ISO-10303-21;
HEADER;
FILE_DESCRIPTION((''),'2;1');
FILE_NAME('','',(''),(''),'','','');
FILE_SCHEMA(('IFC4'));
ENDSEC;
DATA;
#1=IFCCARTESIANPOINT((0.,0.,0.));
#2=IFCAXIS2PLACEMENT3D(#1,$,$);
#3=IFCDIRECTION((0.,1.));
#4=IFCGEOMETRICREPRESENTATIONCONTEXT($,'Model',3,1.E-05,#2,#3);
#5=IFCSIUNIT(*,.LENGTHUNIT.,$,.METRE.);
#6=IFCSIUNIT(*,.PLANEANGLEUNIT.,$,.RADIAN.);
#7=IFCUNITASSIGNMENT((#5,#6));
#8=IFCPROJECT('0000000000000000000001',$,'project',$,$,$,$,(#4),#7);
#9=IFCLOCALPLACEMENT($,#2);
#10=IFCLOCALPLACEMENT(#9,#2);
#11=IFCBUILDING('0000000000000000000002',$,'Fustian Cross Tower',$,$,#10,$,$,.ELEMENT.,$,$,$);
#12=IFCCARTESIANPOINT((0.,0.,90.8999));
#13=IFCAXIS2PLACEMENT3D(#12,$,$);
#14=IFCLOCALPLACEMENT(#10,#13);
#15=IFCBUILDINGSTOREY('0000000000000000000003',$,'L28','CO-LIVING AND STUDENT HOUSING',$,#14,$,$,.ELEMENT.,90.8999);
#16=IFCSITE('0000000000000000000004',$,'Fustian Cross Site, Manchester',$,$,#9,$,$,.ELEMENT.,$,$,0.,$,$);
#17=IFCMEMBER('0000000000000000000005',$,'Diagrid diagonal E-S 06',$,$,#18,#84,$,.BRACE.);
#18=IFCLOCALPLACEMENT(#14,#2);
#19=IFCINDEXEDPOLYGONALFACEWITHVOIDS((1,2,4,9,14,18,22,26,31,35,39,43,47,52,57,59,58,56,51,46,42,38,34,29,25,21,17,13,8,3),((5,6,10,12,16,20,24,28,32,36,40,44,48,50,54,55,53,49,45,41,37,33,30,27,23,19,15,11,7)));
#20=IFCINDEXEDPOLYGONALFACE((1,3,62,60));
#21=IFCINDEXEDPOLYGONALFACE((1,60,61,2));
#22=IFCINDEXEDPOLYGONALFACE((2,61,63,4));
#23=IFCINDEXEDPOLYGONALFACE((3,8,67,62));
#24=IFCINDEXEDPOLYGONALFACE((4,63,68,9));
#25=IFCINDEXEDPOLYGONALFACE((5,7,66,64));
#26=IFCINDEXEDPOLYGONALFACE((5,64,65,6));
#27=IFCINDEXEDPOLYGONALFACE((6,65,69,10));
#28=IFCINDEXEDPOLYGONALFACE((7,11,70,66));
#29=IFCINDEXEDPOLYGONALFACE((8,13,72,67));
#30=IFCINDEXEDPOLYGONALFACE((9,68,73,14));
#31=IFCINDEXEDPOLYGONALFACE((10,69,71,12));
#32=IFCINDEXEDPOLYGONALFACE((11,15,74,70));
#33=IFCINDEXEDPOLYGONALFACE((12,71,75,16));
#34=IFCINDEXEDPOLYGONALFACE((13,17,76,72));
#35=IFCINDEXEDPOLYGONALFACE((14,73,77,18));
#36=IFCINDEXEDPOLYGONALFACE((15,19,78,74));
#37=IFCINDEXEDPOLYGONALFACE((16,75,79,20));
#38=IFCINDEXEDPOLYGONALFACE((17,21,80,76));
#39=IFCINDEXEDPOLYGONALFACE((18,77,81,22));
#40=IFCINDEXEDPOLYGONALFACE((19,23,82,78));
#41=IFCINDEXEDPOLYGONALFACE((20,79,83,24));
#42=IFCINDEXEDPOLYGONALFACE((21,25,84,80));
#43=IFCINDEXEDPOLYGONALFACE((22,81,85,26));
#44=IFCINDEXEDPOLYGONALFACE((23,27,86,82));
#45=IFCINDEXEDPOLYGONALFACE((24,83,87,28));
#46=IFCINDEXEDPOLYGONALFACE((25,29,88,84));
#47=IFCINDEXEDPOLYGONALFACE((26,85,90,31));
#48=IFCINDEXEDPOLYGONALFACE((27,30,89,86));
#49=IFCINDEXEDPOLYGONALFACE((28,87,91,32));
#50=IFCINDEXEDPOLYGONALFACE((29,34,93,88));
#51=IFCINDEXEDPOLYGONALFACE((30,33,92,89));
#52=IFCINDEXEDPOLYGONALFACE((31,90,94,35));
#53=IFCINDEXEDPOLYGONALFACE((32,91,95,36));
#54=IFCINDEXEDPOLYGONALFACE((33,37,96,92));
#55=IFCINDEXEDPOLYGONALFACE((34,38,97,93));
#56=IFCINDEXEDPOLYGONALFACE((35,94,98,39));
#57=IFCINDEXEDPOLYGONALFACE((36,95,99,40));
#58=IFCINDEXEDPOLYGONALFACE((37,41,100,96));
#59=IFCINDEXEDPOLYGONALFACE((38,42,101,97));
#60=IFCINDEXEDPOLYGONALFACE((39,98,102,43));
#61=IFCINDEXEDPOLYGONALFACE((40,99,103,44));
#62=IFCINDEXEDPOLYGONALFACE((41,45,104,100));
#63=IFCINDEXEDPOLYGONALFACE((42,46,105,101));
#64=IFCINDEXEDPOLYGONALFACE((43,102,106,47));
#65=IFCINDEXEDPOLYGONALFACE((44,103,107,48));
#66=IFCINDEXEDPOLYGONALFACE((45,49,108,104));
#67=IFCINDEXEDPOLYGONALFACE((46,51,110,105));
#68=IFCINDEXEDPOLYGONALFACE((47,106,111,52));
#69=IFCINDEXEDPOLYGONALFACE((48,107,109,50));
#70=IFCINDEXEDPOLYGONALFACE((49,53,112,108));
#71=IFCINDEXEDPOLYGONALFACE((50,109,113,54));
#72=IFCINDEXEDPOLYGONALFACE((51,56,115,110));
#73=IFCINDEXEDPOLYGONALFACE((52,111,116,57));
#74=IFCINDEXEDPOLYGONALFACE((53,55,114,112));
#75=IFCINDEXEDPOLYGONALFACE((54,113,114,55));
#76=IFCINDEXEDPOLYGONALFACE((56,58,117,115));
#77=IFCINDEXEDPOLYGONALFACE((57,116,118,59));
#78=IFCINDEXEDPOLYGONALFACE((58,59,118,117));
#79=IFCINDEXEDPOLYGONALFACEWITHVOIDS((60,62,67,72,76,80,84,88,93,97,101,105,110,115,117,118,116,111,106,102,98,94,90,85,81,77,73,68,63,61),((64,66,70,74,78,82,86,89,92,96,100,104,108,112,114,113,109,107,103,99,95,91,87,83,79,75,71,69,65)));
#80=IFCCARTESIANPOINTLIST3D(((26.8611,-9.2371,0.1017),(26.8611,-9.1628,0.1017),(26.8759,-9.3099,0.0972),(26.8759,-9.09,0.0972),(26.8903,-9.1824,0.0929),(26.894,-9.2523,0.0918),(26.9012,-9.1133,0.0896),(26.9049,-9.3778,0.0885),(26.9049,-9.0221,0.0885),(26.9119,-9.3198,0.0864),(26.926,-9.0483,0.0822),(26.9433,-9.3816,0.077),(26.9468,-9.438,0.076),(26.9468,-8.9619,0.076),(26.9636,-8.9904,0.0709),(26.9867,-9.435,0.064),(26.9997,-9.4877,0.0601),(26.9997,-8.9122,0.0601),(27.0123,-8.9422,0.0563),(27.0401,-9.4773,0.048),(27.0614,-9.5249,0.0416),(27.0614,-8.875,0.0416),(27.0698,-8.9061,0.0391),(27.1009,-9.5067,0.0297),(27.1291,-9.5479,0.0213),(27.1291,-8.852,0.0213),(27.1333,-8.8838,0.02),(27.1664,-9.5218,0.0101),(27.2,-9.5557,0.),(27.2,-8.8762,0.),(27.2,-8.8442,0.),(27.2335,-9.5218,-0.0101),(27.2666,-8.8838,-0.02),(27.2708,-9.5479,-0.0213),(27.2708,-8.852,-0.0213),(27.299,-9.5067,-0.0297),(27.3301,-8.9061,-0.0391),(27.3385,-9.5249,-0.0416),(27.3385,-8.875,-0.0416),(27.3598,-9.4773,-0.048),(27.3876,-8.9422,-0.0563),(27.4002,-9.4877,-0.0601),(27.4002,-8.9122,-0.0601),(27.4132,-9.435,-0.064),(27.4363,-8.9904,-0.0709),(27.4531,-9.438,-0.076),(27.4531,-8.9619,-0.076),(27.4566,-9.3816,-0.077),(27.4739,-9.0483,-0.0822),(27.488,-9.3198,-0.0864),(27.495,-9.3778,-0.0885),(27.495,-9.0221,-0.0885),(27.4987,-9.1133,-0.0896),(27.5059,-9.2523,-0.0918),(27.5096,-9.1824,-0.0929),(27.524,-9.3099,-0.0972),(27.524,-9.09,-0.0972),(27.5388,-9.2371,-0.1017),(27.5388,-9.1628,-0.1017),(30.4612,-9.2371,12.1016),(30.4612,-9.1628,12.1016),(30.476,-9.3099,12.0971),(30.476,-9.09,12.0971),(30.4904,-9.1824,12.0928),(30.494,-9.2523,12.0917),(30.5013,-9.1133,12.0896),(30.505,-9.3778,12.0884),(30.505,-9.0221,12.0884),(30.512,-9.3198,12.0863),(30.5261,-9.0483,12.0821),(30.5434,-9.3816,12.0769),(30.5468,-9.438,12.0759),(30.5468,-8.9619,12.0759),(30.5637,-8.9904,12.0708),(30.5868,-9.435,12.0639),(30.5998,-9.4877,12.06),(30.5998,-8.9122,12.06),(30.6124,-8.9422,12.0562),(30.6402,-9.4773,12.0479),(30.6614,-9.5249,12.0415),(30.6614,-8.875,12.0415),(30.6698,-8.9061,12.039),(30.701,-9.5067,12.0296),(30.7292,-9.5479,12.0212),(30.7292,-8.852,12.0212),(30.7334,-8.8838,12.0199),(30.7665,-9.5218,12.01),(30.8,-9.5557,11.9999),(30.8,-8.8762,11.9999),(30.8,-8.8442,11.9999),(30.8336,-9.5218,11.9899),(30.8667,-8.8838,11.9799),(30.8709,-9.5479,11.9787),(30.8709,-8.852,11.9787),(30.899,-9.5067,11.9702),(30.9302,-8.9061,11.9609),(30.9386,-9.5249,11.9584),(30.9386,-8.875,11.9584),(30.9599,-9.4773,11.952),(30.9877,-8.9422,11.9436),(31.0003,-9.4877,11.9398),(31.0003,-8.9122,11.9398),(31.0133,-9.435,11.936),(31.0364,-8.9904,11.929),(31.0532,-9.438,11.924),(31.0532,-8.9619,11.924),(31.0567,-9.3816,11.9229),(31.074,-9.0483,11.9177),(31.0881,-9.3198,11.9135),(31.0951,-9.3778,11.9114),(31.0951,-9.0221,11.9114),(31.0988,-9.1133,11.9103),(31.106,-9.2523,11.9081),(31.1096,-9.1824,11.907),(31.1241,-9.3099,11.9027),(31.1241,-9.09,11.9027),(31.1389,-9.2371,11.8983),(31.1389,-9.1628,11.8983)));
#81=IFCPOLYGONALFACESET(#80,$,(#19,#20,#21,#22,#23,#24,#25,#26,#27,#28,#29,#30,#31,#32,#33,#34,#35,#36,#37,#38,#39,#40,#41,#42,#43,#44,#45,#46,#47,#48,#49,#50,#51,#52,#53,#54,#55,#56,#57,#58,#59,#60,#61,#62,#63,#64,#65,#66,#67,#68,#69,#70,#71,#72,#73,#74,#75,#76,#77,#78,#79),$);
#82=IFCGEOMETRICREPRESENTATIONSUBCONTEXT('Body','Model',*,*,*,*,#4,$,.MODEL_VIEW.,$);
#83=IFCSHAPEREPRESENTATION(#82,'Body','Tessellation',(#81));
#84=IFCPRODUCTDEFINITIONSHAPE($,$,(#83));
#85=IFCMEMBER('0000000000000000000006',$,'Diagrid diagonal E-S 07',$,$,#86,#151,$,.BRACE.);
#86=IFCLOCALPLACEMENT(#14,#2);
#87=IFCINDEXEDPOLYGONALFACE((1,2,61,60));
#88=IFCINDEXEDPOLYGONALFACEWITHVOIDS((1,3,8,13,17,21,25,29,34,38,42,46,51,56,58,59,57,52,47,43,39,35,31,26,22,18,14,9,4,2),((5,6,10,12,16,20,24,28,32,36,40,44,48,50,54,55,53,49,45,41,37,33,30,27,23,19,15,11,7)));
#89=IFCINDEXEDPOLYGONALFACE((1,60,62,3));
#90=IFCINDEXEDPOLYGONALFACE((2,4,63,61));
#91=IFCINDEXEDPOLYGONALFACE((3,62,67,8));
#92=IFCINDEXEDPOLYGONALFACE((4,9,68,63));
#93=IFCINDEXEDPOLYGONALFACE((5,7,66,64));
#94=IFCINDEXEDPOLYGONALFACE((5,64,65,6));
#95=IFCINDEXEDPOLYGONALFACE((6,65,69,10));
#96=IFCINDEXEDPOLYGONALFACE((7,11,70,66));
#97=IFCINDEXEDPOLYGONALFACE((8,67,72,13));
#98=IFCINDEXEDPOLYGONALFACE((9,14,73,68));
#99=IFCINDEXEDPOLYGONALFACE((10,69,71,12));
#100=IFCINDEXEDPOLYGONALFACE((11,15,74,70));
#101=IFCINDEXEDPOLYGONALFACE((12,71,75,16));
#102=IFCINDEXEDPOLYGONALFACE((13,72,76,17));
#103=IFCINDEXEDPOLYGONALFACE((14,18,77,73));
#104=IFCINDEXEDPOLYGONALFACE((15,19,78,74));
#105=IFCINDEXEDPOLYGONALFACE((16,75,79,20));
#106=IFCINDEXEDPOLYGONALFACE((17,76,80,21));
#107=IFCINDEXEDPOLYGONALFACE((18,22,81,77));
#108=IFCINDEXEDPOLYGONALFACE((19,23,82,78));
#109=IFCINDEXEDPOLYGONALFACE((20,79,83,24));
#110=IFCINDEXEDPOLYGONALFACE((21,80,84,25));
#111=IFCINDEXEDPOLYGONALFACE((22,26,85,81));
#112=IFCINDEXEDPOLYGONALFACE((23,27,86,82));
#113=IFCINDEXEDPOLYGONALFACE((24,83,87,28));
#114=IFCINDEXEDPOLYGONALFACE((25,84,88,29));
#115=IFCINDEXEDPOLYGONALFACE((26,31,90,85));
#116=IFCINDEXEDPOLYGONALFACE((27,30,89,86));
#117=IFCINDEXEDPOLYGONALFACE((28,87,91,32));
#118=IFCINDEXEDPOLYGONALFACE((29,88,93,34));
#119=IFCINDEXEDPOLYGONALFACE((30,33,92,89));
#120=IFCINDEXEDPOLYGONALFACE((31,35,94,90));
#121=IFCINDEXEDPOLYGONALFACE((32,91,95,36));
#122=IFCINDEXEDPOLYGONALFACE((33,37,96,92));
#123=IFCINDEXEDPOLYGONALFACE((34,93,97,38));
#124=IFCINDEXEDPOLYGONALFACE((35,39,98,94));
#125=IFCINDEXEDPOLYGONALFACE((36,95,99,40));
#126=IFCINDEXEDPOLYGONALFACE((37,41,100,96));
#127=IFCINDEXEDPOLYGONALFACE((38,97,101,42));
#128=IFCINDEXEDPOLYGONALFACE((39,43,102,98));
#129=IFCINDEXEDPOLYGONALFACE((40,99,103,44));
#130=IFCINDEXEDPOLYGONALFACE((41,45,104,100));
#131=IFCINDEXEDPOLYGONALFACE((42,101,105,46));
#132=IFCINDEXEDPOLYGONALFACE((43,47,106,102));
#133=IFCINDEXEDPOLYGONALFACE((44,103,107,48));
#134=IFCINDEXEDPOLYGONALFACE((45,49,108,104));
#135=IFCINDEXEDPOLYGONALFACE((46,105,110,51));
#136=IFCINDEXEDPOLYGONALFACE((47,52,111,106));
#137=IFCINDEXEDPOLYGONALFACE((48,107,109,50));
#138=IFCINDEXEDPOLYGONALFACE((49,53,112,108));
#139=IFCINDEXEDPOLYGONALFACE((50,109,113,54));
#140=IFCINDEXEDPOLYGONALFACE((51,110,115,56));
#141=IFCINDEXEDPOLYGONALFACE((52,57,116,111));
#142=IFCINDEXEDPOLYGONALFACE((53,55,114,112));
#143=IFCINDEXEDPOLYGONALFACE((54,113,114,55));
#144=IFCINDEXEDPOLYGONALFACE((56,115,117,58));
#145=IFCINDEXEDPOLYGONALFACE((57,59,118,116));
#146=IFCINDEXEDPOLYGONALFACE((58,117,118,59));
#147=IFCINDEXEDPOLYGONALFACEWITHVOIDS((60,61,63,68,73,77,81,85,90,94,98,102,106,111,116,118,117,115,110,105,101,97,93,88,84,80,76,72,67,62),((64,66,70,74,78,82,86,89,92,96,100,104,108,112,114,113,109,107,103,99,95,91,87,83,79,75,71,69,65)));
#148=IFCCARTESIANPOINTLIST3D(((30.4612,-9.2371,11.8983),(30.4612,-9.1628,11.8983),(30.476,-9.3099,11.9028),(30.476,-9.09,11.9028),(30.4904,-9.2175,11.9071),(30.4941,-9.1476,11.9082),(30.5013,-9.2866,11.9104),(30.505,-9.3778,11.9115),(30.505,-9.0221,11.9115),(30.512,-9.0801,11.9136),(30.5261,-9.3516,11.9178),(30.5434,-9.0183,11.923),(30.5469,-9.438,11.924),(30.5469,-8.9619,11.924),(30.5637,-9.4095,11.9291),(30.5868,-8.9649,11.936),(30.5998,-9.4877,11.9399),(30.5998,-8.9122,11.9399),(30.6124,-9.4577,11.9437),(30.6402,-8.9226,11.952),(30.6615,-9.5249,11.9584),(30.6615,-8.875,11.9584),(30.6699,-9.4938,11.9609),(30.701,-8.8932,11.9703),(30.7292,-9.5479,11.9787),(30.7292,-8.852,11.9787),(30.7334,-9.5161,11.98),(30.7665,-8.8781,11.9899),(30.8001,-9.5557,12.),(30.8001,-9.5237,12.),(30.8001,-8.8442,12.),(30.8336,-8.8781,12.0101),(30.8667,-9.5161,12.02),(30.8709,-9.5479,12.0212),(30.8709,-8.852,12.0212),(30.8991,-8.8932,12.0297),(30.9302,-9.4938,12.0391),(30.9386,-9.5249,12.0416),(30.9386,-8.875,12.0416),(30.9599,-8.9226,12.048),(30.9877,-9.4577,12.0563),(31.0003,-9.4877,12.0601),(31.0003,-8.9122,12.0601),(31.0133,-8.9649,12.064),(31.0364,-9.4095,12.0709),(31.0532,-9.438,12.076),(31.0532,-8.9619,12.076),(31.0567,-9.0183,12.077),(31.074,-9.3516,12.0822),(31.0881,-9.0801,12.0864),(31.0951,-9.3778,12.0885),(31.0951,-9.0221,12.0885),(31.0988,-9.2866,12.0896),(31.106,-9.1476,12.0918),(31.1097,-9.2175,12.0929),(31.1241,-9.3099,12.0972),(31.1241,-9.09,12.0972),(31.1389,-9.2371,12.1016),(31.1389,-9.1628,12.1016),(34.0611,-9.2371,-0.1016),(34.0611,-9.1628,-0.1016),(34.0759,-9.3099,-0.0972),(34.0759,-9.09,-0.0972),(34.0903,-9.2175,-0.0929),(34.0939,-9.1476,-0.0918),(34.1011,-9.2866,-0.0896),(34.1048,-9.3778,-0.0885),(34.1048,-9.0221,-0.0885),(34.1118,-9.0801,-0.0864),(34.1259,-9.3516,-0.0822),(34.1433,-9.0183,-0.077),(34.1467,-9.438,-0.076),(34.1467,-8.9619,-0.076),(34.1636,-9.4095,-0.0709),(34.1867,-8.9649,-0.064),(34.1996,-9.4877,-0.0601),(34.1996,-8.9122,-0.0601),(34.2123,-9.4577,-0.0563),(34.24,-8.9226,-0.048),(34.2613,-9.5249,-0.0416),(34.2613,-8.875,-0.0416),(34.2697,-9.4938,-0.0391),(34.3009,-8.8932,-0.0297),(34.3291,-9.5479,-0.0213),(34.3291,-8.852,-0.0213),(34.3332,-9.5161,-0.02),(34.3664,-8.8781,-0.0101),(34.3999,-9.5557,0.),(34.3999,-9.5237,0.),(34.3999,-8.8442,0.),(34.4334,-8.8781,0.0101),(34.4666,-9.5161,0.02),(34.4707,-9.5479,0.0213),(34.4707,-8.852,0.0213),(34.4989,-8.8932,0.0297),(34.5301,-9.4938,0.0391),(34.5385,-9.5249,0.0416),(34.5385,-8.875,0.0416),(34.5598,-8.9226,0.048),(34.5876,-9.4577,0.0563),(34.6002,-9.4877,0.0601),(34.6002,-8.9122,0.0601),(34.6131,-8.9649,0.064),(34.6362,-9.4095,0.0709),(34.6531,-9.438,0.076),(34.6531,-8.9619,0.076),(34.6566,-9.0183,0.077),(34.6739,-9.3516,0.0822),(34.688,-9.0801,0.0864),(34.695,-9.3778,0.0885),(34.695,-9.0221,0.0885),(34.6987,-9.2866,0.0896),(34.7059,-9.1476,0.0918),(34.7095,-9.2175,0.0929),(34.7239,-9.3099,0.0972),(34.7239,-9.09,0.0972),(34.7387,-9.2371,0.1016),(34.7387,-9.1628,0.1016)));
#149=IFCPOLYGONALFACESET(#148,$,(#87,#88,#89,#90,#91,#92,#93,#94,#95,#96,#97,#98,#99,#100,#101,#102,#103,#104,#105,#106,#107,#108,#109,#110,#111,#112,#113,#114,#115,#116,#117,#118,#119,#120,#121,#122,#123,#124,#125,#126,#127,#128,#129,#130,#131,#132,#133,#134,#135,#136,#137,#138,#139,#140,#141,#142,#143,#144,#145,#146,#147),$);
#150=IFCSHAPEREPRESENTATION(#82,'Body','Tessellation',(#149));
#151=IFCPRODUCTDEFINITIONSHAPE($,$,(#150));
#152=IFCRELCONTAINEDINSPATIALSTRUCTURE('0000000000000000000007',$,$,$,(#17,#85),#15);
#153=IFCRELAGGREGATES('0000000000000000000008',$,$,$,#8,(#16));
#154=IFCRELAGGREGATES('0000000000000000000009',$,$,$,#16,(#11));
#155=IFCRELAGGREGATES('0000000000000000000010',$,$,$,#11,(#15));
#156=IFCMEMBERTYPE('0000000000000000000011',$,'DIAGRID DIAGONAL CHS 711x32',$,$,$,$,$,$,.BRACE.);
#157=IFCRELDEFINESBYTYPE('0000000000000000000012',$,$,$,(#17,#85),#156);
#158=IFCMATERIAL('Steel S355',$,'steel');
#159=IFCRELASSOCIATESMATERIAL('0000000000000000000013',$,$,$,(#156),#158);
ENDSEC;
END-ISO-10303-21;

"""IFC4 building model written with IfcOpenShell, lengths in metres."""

from ifc_helpers import new_model, si_unit, direction, frame, origin, origin_2d, place, context, subcontext, project, spatial, hollow_circle, extrude, material, material_profile, profile_set, type_object, element, save


model = new_model("IFC4")

# Units and contexts
model_context = context("Model", 3, precision=1e-05, world=origin(), true_north=direction((0.0, 1.0)))
body_context = subcontext(model_context, "Body", "Model", "MODEL_VIEW")
ifc_project = project(units=[si_unit("LENGTHUNIT", "METRE"), si_unit("PLANEANGLEUNIT", "RADIAN")], contexts=[model_context])

# Site, building, storey
site_placement = place(None, origin())
site = spatial("IfcSite", under=ifc_project, at=site_placement, Name="Fustian Cross Site, Manchester", CompositionType="ELEMENT", RefElevation=0.0)
building_placement = place(site_placement, origin())
building = spatial("IfcBuilding", under=site, at=building_placement, Name="Fustian Cross Tower", CompositionType="ELEMENT")
storey_placement = place(building_placement, frame((0.0, 0.0, 90.8999)))
storey = spatial("IfcBuildingStorey", under=building, at=storey_placement, Name="L28", Description="CO-LIVING AND STUDENT HOUSING", CompositionType="ELEMENT", Elevation=90.8999)

# Members
ifc_material_1 = material(Name="Steel S355", Category="steel")
ifc_material_profile_1 = material_profile(ifc_material_1, hollow_circle(Radius=0.3557, WallThickness=0.032, at=origin_2d()), Name="CHS 711x32")
ifc_profile_set_1 = profile_set([ifc_material_profile_1], Name="Steel S355")
member_type_1 = type_object("IfcMemberType", Name="DIAGRID DIAGONAL CHS 711x32", PredefinedType="BRACE", material=ifc_profile_set_1)
for number, where, z_axis, x_axis, name in (
    (1, (27.2, -9.2, 0.0), (0.287355, 0.0, 0.957824), (0.0, 1.0, 0.0), "Diagrid diagonal E-S 06"),
    (2, (34.3999, -9.2, 0.0), (-0.287337, 0.0, 0.95783), (0.0, -1.0, 0.0), "Diagrid diagonal E-S 07"),
):
    element("IfcMember", number, at=place(storey_placement, frame(where, z_axis=z_axis, x_axis=x_axis)), inside=storey, type_object=member_type_1, Name=name, PredefinedType="BRACE", context=body_context, shape_type="SweptSolid", body=[
        extrude(hollow_circle(Radius=0.3557, WallThickness=0.032, at=origin_2d()), origin(), (0.0, 0.0, 1.0), 12.5283),
    ])

save(model, "model.ifc")
